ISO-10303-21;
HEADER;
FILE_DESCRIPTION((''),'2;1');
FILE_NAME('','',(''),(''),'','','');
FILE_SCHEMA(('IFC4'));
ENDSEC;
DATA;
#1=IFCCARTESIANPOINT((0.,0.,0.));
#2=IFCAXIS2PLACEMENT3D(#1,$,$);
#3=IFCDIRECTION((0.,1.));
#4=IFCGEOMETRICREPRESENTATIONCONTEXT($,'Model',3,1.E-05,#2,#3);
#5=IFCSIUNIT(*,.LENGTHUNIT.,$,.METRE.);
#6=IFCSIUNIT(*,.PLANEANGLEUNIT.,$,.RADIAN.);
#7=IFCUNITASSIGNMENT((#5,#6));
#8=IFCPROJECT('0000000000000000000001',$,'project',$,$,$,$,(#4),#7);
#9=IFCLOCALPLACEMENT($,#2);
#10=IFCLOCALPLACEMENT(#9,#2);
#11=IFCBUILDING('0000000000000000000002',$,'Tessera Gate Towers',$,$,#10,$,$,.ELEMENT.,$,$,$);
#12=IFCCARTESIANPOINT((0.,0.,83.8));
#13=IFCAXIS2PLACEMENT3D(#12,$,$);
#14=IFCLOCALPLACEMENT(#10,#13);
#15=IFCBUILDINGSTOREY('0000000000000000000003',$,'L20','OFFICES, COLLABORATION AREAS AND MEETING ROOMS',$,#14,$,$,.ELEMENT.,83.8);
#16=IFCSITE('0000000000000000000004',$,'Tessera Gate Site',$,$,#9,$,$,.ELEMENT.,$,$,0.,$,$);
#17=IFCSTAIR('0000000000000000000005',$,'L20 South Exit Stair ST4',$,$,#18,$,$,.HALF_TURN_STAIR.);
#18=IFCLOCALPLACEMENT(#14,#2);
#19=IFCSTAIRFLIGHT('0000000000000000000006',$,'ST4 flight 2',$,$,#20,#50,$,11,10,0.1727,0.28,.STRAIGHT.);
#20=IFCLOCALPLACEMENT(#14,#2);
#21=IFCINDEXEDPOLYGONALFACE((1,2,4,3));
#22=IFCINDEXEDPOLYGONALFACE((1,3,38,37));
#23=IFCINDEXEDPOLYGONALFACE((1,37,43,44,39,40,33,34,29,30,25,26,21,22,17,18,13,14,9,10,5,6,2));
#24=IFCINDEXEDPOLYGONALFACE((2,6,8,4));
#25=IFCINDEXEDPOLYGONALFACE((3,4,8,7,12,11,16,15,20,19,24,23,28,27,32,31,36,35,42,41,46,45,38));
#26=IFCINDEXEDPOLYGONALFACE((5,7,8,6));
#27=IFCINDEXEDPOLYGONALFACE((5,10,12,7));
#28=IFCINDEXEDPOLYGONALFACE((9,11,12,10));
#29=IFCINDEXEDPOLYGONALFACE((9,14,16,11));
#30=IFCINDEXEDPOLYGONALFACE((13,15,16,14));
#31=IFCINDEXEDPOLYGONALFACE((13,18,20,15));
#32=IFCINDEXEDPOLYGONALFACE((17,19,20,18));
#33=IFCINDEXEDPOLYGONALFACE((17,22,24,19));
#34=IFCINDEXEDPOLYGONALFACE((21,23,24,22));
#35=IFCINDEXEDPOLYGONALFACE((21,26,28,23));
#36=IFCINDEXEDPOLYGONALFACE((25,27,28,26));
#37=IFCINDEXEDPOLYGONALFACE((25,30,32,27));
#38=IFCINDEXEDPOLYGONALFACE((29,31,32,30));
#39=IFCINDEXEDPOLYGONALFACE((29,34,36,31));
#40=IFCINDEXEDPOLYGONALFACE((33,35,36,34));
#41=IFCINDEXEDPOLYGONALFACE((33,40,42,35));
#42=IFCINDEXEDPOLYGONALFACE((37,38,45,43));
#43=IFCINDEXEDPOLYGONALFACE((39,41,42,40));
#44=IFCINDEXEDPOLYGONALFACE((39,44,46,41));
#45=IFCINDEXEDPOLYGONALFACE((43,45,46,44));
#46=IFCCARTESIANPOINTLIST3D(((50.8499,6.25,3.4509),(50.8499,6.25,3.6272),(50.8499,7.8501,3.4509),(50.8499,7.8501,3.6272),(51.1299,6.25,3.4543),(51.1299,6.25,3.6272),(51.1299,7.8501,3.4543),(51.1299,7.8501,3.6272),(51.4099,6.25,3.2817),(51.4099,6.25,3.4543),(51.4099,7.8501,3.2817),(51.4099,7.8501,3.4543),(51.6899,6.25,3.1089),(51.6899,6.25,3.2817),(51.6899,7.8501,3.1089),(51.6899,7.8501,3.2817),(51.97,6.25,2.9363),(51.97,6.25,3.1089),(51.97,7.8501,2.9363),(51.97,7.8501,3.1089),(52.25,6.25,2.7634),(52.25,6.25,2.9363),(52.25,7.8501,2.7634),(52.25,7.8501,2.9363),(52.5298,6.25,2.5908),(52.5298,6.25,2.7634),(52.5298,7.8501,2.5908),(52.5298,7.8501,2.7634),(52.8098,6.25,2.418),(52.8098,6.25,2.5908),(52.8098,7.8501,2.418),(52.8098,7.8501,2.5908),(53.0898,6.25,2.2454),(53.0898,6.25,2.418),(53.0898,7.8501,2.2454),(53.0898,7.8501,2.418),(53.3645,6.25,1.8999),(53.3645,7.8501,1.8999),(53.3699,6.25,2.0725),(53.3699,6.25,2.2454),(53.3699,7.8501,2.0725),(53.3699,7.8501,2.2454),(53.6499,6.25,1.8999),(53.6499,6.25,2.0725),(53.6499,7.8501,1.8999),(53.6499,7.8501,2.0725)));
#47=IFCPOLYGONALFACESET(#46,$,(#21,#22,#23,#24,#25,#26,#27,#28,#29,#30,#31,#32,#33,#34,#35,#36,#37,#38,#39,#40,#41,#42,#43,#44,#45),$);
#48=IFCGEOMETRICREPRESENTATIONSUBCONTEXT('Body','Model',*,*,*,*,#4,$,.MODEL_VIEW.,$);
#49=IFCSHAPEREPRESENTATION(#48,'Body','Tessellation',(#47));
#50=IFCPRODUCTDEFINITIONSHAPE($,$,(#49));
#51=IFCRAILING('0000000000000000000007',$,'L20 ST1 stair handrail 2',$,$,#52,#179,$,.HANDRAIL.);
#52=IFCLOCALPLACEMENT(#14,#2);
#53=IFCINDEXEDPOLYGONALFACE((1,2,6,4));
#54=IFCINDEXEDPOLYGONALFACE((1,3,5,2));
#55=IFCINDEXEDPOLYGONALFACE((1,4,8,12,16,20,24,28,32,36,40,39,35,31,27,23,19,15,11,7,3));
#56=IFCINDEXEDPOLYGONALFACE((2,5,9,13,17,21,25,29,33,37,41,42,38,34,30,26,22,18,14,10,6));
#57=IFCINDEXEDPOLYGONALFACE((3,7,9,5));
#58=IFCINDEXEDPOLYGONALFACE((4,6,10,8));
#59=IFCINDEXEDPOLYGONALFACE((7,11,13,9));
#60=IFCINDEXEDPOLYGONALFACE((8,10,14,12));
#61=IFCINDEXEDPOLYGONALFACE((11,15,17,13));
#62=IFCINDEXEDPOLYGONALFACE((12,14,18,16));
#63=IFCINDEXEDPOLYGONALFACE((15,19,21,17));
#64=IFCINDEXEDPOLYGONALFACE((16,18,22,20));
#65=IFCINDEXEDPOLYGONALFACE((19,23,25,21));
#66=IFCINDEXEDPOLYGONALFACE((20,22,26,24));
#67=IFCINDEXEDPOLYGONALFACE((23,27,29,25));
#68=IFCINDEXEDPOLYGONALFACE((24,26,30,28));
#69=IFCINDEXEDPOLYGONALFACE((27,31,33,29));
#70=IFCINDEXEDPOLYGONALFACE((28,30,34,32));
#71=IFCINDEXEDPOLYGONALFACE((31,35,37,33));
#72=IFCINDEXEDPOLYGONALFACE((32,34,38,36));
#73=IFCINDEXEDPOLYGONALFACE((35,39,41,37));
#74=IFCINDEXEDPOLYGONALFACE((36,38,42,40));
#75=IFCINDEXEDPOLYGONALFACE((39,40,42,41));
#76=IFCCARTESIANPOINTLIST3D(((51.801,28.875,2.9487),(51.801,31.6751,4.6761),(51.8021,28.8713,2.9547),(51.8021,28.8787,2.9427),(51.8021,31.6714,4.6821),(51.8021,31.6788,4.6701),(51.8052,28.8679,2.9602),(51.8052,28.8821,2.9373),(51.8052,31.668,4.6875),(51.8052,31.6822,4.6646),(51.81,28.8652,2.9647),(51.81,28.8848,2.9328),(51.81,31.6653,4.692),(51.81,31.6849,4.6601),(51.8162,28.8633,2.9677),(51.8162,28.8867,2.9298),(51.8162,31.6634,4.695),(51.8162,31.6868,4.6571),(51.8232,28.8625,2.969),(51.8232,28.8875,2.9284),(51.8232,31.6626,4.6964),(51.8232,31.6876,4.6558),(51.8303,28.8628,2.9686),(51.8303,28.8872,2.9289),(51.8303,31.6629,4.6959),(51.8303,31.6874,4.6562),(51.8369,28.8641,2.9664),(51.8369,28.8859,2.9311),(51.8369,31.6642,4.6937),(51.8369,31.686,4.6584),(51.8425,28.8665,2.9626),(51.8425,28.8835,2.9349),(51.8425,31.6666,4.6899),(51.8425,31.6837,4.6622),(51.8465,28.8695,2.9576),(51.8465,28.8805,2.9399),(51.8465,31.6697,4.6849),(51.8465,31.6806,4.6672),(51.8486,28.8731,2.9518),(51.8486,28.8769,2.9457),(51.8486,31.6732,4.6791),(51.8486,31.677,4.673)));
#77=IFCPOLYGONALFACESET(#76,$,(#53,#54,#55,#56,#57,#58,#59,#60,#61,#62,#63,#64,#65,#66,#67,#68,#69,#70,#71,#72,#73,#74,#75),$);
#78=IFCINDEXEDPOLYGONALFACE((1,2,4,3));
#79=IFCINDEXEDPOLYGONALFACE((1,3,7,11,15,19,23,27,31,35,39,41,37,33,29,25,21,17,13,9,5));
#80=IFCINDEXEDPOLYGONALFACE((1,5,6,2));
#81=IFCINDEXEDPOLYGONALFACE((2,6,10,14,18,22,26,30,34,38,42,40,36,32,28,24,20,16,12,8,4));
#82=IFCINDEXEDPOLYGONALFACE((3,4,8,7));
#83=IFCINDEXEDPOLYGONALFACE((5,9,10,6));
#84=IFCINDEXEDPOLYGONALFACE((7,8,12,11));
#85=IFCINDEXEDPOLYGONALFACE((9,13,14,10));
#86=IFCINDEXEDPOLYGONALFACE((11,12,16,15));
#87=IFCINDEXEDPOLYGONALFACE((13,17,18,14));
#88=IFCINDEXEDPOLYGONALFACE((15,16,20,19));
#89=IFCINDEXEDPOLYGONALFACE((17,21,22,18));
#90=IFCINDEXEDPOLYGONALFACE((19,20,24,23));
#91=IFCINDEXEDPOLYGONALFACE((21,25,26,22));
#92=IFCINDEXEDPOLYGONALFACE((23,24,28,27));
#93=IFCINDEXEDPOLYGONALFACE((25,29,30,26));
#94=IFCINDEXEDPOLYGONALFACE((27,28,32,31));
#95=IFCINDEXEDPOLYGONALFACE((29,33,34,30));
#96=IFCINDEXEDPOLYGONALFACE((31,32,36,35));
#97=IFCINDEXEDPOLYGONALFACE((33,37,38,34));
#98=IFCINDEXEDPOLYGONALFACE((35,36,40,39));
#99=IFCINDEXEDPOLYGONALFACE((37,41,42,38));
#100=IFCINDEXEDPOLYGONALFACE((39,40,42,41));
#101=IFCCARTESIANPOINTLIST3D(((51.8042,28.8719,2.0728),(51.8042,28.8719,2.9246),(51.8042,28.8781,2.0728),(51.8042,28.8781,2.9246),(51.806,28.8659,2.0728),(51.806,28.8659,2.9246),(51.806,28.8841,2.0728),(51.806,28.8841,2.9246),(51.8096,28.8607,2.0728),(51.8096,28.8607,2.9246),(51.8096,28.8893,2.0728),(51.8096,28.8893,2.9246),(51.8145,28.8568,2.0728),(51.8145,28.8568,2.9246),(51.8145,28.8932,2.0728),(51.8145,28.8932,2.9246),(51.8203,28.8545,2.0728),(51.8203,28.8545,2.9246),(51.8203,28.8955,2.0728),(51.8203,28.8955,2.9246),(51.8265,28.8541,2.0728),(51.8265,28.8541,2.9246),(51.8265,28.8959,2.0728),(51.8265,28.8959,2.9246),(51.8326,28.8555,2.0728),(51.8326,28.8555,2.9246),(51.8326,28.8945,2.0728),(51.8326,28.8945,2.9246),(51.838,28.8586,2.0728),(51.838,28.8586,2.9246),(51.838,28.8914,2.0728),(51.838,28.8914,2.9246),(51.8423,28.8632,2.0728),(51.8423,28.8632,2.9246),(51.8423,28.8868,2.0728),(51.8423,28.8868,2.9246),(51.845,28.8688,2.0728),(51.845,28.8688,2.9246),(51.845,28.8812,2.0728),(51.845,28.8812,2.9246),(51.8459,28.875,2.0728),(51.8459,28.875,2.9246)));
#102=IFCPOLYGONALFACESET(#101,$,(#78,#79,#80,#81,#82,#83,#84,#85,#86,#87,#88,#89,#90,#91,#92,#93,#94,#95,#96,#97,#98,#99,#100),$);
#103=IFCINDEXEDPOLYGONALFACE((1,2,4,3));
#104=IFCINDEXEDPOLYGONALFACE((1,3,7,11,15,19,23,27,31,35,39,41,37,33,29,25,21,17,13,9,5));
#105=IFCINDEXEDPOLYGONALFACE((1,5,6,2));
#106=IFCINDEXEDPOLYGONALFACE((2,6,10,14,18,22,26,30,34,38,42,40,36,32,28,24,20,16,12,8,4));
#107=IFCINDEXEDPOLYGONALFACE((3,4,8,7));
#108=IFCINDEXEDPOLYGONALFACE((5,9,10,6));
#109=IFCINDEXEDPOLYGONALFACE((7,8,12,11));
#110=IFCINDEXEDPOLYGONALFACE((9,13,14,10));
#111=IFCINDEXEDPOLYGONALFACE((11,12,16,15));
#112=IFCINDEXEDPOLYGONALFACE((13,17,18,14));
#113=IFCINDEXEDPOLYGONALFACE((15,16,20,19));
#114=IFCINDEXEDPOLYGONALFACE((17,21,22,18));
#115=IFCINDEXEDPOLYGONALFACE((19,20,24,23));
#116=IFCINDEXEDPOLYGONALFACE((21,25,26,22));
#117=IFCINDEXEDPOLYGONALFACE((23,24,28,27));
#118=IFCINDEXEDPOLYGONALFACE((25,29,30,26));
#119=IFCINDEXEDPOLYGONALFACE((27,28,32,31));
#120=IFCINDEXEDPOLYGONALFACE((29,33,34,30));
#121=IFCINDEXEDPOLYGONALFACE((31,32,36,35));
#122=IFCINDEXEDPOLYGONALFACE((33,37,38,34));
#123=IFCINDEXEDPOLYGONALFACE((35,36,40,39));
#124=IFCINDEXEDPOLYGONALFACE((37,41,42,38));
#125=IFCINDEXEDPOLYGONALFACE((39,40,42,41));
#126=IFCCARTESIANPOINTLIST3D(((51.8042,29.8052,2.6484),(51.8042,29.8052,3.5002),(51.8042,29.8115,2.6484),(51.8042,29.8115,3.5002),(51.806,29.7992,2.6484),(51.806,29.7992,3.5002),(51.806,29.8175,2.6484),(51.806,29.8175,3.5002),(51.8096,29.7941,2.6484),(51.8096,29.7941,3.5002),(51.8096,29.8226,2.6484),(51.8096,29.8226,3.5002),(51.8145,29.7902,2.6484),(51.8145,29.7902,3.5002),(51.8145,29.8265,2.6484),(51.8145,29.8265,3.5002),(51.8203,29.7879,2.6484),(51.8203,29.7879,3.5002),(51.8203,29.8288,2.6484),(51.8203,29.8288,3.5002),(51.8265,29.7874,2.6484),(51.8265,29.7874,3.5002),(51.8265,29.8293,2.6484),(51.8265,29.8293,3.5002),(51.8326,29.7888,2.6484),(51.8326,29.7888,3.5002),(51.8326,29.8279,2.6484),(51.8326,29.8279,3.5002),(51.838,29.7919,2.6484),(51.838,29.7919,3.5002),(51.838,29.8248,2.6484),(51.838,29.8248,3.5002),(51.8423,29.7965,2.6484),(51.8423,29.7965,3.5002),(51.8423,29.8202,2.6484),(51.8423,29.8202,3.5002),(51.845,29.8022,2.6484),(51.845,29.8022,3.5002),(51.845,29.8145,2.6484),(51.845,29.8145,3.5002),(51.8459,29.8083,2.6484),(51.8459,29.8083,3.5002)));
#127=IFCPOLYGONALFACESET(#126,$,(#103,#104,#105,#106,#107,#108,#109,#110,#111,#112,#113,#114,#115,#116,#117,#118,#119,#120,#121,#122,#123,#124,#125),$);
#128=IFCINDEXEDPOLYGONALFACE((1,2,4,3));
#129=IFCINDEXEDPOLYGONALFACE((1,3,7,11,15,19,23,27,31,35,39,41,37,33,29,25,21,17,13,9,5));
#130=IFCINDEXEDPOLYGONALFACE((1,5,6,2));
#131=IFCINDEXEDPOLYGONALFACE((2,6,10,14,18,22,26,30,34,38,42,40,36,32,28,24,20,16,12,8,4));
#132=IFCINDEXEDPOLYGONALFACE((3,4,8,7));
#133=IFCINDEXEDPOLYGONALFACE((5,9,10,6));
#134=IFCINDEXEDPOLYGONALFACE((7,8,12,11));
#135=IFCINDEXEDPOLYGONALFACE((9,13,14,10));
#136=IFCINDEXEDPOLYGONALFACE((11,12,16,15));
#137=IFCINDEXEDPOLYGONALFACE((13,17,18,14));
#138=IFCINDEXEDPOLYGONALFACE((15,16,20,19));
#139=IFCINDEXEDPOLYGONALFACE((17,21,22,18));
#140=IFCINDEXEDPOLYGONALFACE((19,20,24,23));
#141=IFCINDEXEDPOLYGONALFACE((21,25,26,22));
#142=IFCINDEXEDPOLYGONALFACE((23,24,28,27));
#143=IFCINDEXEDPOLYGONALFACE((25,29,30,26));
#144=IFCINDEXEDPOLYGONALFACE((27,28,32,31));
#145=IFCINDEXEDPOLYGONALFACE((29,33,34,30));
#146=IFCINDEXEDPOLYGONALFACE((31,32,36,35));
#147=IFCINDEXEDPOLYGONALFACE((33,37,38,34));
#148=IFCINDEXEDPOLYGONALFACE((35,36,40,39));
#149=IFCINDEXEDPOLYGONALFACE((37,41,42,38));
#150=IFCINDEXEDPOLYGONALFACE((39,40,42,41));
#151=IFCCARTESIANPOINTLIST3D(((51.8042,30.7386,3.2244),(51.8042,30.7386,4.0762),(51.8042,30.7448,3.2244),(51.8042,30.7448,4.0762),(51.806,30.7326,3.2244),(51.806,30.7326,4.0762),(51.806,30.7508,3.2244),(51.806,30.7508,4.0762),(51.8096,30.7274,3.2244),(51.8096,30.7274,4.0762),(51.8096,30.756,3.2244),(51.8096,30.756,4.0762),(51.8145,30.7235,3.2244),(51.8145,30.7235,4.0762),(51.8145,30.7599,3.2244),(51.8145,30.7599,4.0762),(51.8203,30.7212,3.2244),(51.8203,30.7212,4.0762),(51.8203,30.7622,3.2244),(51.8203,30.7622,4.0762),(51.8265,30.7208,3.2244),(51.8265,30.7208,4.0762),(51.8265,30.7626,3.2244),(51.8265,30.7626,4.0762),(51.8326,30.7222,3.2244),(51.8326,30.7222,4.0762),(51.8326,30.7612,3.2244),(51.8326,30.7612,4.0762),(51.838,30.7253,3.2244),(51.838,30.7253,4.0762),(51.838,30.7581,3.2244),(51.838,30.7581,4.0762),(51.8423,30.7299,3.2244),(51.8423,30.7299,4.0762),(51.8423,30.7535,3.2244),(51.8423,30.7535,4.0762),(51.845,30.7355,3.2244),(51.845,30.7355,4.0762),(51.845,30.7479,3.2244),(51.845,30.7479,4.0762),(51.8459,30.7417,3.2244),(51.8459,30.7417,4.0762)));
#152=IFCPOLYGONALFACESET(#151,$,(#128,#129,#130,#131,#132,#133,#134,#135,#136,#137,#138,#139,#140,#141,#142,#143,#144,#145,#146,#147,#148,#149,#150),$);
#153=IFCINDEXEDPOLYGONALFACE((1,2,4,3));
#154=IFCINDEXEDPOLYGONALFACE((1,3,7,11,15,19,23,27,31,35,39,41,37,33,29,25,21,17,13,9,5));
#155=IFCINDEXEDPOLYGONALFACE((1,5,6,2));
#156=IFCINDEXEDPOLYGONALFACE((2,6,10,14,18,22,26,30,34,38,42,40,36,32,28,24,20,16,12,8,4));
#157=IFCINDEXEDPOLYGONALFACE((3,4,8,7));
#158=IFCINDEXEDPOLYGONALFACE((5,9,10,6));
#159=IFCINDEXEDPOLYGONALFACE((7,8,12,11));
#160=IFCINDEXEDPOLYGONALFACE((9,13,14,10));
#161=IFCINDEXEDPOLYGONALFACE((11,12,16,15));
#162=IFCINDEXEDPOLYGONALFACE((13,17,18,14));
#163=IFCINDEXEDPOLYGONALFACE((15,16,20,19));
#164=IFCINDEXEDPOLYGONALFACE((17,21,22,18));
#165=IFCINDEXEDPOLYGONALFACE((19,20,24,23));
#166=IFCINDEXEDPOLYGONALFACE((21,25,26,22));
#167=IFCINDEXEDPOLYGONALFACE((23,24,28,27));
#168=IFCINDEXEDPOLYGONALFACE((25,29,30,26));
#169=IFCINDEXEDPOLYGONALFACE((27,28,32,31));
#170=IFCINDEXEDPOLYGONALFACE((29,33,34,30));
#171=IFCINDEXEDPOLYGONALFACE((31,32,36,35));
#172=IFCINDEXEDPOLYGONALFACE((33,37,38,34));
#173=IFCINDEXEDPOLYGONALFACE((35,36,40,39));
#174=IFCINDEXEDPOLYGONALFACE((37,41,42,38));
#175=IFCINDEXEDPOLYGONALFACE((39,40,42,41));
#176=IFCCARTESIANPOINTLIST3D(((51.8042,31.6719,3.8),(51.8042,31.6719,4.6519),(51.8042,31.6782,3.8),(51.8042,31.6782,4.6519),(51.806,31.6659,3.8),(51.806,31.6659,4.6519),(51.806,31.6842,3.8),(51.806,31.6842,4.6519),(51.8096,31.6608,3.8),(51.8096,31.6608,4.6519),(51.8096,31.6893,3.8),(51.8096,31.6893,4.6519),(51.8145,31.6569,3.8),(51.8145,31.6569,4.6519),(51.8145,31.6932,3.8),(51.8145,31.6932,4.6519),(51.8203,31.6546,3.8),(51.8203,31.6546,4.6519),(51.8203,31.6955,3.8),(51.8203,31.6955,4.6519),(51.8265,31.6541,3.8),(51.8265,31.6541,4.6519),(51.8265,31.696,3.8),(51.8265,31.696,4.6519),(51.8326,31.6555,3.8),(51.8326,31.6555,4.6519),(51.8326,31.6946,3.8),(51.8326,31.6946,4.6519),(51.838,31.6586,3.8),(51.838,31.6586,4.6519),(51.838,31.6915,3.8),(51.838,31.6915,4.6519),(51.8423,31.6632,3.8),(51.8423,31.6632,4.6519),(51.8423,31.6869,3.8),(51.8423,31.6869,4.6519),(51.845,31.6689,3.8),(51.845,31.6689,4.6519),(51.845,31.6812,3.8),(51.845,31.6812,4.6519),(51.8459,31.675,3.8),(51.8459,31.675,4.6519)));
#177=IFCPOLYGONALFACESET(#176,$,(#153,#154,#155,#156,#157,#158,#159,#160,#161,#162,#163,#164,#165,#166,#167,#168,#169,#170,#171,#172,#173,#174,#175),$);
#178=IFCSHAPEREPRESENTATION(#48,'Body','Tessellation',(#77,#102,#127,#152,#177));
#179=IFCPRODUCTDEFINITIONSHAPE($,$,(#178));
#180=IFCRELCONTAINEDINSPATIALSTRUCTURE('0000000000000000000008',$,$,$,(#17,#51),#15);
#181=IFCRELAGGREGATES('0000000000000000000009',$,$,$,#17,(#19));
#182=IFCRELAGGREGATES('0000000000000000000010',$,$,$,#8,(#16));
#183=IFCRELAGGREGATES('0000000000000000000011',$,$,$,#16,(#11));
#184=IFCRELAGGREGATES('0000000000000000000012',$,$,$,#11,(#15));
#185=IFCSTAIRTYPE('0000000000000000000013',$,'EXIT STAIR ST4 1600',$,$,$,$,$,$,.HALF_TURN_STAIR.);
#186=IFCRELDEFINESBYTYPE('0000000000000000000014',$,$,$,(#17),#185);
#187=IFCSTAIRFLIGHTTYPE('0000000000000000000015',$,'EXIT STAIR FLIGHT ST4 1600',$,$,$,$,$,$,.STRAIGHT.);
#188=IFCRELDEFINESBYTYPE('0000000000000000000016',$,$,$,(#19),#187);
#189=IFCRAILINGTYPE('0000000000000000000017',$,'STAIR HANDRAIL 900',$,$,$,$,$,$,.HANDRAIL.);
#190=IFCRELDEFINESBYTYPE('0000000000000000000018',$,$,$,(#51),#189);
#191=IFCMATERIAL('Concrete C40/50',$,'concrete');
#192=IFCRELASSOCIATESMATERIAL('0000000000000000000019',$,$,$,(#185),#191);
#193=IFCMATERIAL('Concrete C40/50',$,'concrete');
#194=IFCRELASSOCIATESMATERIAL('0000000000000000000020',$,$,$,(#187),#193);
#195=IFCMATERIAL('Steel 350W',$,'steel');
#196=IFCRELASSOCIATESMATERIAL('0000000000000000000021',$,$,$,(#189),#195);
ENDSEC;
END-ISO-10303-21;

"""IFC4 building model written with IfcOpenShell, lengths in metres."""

from ifc_helpers import new_model, si_unit, direction, frame, origin, origin_2d, place, context, subcontext, project, spatial, polyline, circle, outline, extrude, material, type_object, element, aggregate, save


model = new_model("IFC4")

# Units and contexts
model_context = context("Model", 3, precision=1e-05, world=origin(), true_north=direction((0.0, 1.0)))
body_context = subcontext(model_context, "Body", "Model", "MODEL_VIEW")
ifc_project = project(units=[si_unit("LENGTHUNIT", "METRE"), si_unit("PLANEANGLEUNIT", "RADIAN")], contexts=[model_context])

# Site, building, storey
site_placement = place(None, origin())
site = spatial("IfcSite", under=ifc_project, at=site_placement, Name="Tessera Gate Site", CompositionType="ELEMENT", RefElevation=0.0)
building_placement = place(site_placement, origin())
building = spatial("IfcBuilding", under=site, at=building_placement, Name="Tessera Gate Towers", CompositionType="ELEMENT")
storey_placement = place(building_placement, frame((0.0, 0.0, 83.8)))
storey = spatial("IfcBuildingStorey", under=building, at=storey_placement, Name="L20", Description="OFFICES, COLLABORATION AREAS AND MEETING ROOMS", CompositionType="ELEMENT", Elevation=83.8)

# Stair, stair flight
ifc_material_1 = material(Name="Concrete C40/50", Category="concrete")
stair_type_1 = type_object("IfcStairType", Name="EXIT STAIR ST4 1600", PredefinedType="HALF_TURN_STAIR", material=ifc_material_1)
stair_1_placement = place(storey_placement, origin())
stair_1 = element("IfcStair", 1, at=stair_1_placement, inside=storey, type_object=stair_type_1, Name="L20 South Exit Stair ST4", PredefinedType="HALF_TURN_STAIR")
ifc_material_2 = material(Name="Concrete C40/50", Category="concrete")
stair_flight_type_1 = type_object("IfcStairFlightType", Name="EXIT STAIR FLIGHT ST4 1600", PredefinedType="STRAIGHT", material=ifc_material_2)
stair_flight_1_placement = place(storey_placement, frame((53.6499, 7.05, 1.8999), z_axis=(0.0, 0.0, 1.0), x_axis=(-1.0, 0.0, 0.0)))
stair_flight_1 = element("IfcStairFlight", 2, at=stair_flight_1_placement, type_object=stair_flight_type_1, Name="ST4 flight 2", NumberOfRisers=11, NumberOfTreads=10, PredefinedType="STRAIGHT", RiserHeight=0.1727, TreadLength=0.28, context=body_context, shape_type="SweptSolid", body=[
    extrude(outline(polyline([(0.0, 0.0), (0.0, 0.1726), (0.28, 0.1726), (0.28, 0.3455), (0.5601, 0.3455), (0.5601, 0.5181), (0.8401, 0.5181), (0.8401, 0.6909), (1.1201, 0.6909), (1.1201, 0.8635), (1.3999, 0.8635), (1.3999, 1.0364), (1.6799, 1.0364), (1.6799, 1.209), (1.96, 1.209), (1.96, 1.3818), (2.24, 1.3818), (2.24, 1.5544), (2.52, 1.5544), (2.52, 1.7273), (2.8, 1.7273), (2.8, 1.8999), (2.8, 1.551), (0.2854, 0.0), (0.0, 0.0)])), frame((0.0, 0.8, 0.0), z_axis=(0.0, -1.0, 0.0), x_axis=(1.0, 0.0, 0.0)), (0.0, 0.0, 1.0), 1.6001),
])
aggregate(stair_1, [stair_flight_1])

# Railing
ifc_material_3 = material(Name="Steel 350W", Category="steel")
railing_type_1 = type_object("IfcRailingType", Name="STAIR HANDRAIL 900", PredefinedType="HANDRAIL", material=ifc_material_3)
railing_1_placement = place(storey_placement, frame((51.825, 28.875, 2.0728)))
element("IfcRailing", 3, at=railing_1_placement, inside=storey, type_object=railing_type_1, Name="L20 ST1 stair handrail 2", PredefinedType="HANDRAIL", context=body_context, shape_type="SweptSolid", body=[
    extrude(circle(Radius=0.0239, at=origin_2d()), frame((0.0, 0.0, 0.876), z_axis=(0.0, 0.85109, 0.52502), x_axis=(-1.0, 0.0, 0.0)), (0.0, 0.0, 1.0), 3.29),
    extrude(circle(Radius=0.021, at=origin_2d()), origin(), (0.0, 0.0, 1.0), 0.8518),
    extrude(circle(Radius=0.021, at=origin_2d()), frame((0.0, 0.9333, 0.5757)), (0.0, 0.0, 1.0), 0.8518),
    extrude(circle(Radius=0.021, at=origin_2d()), frame((0.0, 1.8667, 1.1516)), (0.0, 0.0, 1.0), 0.8518),
    extrude(circle(Radius=0.021, at=origin_2d()), frame((0.0, 2.8, 1.7273)), (0.0, 0.0, 1.0), 0.8518),
])

save(model, "model.ifc")
